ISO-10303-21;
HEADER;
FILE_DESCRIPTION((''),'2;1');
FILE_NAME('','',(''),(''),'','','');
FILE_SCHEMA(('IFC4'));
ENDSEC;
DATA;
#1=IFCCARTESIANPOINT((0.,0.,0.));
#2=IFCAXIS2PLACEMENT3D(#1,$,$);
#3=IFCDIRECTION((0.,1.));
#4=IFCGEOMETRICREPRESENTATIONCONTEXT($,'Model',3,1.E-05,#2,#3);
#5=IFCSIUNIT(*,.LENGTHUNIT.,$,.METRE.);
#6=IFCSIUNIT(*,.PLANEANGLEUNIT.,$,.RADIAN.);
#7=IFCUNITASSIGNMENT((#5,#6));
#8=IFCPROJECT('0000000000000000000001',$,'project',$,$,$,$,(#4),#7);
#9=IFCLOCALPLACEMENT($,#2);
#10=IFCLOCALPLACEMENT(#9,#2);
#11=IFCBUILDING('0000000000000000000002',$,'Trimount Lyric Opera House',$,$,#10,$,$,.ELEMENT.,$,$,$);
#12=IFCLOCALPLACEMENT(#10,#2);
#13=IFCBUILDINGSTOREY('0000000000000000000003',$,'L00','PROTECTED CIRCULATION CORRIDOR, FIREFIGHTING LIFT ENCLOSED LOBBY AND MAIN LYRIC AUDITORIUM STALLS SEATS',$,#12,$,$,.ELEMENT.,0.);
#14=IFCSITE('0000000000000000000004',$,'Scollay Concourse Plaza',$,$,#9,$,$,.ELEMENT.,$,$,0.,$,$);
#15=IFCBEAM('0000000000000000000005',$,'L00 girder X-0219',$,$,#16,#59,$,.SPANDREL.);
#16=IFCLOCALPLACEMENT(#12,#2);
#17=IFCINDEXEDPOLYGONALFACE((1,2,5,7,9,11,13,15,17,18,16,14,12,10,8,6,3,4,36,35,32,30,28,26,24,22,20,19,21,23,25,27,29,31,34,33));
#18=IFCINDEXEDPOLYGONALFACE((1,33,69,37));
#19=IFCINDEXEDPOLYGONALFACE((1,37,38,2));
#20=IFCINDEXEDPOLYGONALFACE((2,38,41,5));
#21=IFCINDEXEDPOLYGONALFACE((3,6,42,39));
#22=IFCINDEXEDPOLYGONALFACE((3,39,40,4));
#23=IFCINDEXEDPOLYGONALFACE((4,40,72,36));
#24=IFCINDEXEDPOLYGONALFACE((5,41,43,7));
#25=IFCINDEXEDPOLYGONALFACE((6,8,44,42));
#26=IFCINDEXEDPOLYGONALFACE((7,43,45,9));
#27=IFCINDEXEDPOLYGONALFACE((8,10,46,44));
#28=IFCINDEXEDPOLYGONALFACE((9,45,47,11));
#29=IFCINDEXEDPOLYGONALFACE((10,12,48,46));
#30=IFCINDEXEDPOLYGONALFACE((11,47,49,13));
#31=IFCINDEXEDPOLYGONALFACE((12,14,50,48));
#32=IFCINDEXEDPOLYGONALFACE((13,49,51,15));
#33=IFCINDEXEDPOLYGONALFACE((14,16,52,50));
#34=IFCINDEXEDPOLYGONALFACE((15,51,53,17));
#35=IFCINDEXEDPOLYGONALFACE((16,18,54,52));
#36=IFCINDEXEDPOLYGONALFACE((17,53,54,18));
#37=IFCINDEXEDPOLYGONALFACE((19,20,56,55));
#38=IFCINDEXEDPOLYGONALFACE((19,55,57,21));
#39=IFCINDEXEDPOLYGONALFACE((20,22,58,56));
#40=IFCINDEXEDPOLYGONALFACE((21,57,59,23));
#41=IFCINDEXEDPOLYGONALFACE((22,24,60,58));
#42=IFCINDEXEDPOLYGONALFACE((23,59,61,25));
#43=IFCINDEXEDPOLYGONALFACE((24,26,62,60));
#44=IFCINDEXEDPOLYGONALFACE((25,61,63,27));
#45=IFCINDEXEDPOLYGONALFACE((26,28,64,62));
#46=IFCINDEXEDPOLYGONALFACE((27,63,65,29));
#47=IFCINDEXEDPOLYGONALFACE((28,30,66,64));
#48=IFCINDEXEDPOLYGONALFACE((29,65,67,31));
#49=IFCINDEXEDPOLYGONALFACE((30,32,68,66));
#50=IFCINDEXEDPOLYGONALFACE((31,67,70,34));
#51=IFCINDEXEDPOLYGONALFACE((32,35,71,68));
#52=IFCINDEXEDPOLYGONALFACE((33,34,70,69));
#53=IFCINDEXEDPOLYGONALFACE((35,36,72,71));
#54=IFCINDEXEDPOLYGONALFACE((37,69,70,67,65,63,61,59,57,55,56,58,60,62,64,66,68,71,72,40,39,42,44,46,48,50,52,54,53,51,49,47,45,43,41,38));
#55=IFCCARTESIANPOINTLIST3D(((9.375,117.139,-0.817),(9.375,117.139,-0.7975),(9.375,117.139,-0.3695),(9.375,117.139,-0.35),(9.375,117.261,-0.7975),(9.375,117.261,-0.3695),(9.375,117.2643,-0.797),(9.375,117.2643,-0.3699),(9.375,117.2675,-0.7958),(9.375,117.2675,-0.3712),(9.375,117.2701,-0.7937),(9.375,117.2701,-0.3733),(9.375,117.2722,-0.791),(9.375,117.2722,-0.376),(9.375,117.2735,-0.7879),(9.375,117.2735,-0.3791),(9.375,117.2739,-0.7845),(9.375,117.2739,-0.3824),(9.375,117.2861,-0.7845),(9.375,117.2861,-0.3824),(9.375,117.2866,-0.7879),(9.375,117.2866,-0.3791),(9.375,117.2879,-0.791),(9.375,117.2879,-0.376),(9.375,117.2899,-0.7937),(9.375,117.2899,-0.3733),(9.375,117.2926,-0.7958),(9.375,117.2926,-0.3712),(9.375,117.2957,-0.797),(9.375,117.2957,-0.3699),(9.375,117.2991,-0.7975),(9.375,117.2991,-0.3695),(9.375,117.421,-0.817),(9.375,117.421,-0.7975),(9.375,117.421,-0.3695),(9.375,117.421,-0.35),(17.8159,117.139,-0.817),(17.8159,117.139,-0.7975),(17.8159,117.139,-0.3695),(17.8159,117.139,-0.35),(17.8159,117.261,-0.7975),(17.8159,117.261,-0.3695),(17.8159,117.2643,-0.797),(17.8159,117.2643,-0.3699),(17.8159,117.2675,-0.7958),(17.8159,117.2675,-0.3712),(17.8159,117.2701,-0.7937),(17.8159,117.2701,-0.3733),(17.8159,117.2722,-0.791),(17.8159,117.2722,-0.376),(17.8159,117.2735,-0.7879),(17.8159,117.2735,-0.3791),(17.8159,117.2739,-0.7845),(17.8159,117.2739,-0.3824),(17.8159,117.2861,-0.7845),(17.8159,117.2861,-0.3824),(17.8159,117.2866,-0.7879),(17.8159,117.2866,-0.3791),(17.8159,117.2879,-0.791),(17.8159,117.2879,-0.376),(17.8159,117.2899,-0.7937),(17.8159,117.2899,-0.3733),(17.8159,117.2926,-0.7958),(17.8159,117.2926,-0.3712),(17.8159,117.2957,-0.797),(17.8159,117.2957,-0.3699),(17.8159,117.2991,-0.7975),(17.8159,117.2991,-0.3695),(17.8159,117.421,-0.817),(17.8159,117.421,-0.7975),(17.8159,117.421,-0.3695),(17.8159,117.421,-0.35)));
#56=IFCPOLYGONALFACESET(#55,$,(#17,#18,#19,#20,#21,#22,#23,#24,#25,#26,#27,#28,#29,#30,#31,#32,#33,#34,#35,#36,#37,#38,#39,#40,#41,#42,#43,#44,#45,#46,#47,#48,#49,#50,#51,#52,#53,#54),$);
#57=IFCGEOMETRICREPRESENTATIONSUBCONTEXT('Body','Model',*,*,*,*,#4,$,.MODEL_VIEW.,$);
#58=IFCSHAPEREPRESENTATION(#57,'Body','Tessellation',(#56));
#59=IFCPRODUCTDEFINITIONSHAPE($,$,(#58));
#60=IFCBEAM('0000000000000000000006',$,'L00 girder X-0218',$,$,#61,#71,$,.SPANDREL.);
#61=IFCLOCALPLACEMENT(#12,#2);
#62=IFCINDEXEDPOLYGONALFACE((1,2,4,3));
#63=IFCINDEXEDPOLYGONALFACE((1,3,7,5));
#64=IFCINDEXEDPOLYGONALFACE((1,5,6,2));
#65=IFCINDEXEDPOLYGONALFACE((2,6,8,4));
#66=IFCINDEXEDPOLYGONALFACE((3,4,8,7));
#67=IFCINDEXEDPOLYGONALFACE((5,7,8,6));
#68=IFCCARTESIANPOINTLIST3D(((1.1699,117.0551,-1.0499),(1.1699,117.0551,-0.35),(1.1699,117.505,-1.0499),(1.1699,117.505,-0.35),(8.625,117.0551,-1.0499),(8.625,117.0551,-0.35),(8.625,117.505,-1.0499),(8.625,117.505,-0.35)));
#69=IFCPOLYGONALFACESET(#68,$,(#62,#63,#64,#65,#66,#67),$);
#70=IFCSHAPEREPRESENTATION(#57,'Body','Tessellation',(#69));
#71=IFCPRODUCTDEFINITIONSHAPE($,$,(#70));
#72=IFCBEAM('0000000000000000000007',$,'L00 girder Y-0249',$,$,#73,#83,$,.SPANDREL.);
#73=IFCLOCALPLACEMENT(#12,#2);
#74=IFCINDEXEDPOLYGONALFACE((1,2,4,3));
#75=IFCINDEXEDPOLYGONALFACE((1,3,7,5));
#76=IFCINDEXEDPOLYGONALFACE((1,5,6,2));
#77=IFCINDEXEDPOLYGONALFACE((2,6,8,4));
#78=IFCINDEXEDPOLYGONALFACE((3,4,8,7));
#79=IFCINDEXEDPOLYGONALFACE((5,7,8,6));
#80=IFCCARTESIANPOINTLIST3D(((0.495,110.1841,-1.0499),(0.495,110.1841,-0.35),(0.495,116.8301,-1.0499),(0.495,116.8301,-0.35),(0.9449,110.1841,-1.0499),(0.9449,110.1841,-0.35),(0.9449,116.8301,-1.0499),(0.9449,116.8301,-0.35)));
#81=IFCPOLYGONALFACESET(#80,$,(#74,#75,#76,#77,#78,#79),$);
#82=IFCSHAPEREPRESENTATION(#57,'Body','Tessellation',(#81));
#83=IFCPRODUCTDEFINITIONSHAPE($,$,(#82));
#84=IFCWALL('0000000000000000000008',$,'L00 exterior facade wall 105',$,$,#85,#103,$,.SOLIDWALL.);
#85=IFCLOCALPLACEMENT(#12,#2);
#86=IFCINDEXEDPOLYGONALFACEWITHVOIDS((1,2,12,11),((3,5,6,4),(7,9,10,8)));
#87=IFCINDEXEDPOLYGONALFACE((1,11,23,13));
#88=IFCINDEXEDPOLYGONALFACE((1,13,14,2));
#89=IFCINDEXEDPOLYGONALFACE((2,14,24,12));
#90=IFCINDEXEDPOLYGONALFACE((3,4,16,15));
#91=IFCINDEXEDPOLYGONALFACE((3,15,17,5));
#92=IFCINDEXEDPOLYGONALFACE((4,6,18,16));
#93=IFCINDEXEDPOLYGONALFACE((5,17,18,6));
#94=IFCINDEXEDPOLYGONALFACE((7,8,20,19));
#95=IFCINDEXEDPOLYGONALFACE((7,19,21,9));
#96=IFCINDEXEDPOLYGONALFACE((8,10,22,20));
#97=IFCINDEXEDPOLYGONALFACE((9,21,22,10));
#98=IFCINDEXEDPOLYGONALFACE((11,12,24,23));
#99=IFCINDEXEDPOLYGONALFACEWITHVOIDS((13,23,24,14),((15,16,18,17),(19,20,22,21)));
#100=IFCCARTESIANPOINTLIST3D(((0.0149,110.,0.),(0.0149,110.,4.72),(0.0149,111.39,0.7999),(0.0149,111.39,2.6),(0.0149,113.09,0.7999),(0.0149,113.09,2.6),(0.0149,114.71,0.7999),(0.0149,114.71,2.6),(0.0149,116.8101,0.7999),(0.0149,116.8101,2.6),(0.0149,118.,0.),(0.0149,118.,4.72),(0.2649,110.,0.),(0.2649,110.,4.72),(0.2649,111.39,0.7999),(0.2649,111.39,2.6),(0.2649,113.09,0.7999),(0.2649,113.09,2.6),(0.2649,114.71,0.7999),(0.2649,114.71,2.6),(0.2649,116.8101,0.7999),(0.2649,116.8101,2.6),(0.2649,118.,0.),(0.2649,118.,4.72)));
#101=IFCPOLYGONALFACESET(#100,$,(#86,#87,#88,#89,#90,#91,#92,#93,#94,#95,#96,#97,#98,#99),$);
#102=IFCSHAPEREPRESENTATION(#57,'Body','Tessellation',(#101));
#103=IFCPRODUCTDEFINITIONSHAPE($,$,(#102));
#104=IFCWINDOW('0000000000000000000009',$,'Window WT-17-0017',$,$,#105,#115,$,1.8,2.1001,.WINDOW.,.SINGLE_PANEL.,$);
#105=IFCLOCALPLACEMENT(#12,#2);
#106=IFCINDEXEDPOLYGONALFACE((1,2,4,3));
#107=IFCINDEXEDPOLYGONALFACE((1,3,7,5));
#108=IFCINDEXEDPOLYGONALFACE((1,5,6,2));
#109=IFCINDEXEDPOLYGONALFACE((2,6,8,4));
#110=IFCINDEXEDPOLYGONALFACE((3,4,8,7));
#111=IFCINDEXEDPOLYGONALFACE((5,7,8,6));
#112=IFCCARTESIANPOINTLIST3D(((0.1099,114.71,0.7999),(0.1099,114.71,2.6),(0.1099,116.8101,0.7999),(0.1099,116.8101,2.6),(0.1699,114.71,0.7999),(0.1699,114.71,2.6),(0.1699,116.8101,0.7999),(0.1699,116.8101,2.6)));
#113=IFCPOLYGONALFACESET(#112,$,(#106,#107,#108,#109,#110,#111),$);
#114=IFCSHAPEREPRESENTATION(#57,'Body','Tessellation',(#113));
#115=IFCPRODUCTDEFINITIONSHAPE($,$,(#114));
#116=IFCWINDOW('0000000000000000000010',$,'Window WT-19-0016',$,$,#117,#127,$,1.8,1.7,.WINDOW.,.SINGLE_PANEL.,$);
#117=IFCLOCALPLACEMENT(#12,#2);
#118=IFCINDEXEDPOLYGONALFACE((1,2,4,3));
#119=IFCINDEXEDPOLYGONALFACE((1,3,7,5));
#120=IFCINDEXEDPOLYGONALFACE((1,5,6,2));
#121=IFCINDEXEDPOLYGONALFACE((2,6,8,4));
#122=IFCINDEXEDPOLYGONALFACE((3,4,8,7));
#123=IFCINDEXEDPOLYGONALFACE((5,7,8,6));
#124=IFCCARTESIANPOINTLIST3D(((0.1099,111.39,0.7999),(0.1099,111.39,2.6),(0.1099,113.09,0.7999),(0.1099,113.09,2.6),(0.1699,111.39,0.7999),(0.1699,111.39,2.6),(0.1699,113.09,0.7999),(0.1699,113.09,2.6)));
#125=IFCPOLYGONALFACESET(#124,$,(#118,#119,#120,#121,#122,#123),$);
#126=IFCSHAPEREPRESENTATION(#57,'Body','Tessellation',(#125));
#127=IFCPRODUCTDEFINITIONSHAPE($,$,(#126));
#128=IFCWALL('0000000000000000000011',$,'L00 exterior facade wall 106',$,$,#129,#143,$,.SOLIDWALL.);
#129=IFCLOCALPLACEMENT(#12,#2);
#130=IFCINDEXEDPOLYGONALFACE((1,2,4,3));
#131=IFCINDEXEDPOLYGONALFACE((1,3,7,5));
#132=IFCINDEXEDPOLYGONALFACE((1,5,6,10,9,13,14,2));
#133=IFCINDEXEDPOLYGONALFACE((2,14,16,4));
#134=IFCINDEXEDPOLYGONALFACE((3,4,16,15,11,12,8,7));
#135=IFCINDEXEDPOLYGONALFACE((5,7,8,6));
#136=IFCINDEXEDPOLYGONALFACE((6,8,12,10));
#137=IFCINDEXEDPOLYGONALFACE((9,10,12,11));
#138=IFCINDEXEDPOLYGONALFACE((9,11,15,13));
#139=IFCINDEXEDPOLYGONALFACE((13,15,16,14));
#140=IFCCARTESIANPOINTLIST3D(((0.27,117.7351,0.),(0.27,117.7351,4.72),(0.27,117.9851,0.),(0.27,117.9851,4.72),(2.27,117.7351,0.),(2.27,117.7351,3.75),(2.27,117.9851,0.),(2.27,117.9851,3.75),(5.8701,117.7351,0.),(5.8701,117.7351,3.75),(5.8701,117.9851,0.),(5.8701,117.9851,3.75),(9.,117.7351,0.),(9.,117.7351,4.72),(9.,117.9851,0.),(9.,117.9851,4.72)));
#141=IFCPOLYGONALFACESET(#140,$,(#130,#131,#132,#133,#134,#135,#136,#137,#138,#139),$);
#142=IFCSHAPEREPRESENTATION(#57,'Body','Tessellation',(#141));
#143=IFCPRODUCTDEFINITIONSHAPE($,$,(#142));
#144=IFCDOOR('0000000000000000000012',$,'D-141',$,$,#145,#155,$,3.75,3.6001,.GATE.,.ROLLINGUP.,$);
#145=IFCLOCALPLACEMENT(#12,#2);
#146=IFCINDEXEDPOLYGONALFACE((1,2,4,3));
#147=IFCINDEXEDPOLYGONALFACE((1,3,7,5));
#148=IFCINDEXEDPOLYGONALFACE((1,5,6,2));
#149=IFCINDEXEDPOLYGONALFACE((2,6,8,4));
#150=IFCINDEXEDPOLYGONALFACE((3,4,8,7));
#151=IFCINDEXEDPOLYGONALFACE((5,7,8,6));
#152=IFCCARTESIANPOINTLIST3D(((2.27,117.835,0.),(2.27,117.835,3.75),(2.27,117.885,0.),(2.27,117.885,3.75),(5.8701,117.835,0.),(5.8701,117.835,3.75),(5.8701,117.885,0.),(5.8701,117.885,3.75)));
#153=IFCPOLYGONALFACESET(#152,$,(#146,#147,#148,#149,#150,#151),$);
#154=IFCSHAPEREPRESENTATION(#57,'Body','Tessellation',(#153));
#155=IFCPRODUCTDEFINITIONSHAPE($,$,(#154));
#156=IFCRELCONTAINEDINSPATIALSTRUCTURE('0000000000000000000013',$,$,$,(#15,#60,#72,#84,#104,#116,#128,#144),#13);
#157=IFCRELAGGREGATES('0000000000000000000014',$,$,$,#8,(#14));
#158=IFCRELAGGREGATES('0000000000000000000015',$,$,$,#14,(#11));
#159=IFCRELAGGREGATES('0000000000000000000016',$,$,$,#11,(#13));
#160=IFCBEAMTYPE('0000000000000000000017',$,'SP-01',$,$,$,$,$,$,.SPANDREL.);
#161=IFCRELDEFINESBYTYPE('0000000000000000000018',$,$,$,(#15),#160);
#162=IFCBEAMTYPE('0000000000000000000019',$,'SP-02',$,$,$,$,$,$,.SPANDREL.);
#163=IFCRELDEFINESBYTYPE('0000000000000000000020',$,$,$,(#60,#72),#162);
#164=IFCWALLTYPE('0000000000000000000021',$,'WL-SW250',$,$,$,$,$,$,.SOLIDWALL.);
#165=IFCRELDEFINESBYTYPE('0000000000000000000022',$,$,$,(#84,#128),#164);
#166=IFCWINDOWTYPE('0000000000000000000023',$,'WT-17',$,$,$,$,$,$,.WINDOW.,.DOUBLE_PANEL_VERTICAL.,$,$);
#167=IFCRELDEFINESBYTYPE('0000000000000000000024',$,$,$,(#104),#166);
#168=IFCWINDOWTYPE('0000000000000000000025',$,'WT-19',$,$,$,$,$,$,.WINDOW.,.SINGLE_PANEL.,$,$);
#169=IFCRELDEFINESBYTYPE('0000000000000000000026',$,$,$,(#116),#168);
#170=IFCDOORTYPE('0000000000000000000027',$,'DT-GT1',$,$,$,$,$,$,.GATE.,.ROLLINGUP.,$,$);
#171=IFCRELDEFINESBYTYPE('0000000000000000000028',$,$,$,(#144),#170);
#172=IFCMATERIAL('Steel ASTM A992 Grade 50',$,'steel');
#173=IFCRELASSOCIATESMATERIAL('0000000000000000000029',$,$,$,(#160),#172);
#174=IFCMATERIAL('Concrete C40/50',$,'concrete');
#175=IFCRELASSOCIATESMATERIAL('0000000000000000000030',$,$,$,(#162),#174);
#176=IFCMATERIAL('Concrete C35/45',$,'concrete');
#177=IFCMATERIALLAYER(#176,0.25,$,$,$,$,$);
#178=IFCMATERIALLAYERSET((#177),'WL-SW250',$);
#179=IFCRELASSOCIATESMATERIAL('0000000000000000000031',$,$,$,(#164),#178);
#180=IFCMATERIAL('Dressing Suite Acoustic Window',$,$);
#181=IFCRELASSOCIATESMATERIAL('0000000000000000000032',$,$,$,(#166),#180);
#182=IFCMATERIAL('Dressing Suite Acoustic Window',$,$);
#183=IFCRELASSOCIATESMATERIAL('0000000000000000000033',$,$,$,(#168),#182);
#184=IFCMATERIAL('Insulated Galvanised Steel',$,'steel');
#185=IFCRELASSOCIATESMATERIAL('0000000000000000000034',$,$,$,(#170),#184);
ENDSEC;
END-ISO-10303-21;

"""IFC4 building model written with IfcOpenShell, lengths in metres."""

from ifc_helpers import new_model, si_unit, direction, frame, frame_2d, origin, origin_2d, place, context, subcontext, project, spatial, rectangle, i_section, extrude, material, layer, layer_set, material_profile, profile_set, type_object, element, fill, save


model = new_model("IFC4")

# Units and contexts
model_context = context("Model", 3, precision=1e-05, world=origin(), true_north=direction((0.0, 1.0)))
body_context = subcontext(model_context, "Body", "Model", "MODEL_VIEW")
ifc_project = project(units=[si_unit("LENGTHUNIT", "METRE"), si_unit("PLANEANGLEUNIT", "RADIAN")], contexts=[model_context])

# Site, building, storey
site_placement = place(None, origin())
site = spatial("IfcSite", under=ifc_project, at=site_placement, Name="Scollay Concourse Plaza", CompositionType="ELEMENT", RefElevation=0.0)
building_placement = place(site_placement, origin())
building = spatial("IfcBuilding", under=site, at=building_placement, Name="Trimount Lyric Opera House", CompositionType="ELEMENT")
storey_placement = place(building_placement, origin())
storey = spatial("IfcBuildingStorey", under=building, at=storey_placement, Name="L00", Description="PROTECTED CIRCULATION CORRIDOR, FIREFIGHTING LIFT ENCLOSED LOBBY AND MAIN LYRIC AUDITORIUM STALLS SEATS", CompositionType="ELEMENT", Elevation=0.0)

# Beams
ifc_material_1 = material(Name="Steel ASTM A992 Grade 50", Category="steel")
ifc_material_profile_1 = material_profile(ifc_material_1, i_section(OverallWidth=0.282, OverallDepth=0.467, WebThickness=0.0122, FlangeThickness=0.0195, FilletRadius=0.0129, at=origin_2d()), Name="W18X86")
ifc_profile_set_1 = profile_set([ifc_material_profile_1], Name="Steel ASTM A992 Grade 50")
beam_type_1 = type_object("IfcBeamType", Name="SP-01", PredefinedType="SPANDREL", material=ifc_profile_set_1)
beam_1_placement = place(storey_placement, frame((9.375, 117.28, -0.5835), z_axis=(1.0, 0.0, 0.0), x_axis=(0.0, 1.0, 0.0)))
element("IfcBeam", 1, at=beam_1_placement, inside=storey, type_object=beam_type_1, Name="L00 girder X-0219", PredefinedType="SPANDREL", context=body_context, shape_type="SweptSolid", body=[
    extrude(i_section(OverallWidth=0.282, OverallDepth=0.467, WebThickness=0.0122, FlangeThickness=0.0195, FilletRadius=0.0129, at=origin_2d()), origin(), (0.0, 0.0, 1.0), 8.4409),
])
ifc_material_2 = material(Name="Concrete C40/50", Category="concrete")
ifc_material_profile_2 = material_profile(ifc_material_2, rectangle(XDim=0.45, YDim=0.7, at=origin_2d()), Name="RC450X700")
ifc_profile_set_2 = profile_set([ifc_material_profile_2], Name="Concrete C40/50")
beam_type_2 = type_object("IfcBeamType", Name="SP-02", PredefinedType="SPANDREL", material=ifc_profile_set_2)
beam_2_placement = place(storey_placement, frame((1.1699, 117.28, -0.7), z_axis=(1.0, 0.0, 0.0), x_axis=(0.0, 1.0, 0.0)))
element("IfcBeam", 2, at=beam_2_placement, inside=storey, type_object=beam_type_2, Name="L00 girder X-0218", PredefinedType="SPANDREL", context=body_context, shape_type="SweptSolid", body=[
    extrude(rectangle(XDim=0.45, YDim=0.7, at=origin_2d()), origin(), (0.0, 0.0, 1.0), 7.4551),
])
beam_3_placement = place(storey_placement, frame((0.72, 110.1841, -0.7), z_axis=(0.0, 1.0, 0.0), x_axis=(-1.0, 0.0, 0.0)))
element("IfcBeam", 3, at=beam_3_placement, inside=storey, type_object=beam_type_2, Name="L00 girder Y-0249", PredefinedType="SPANDREL", context=body_context, shape_type="SweptSolid", body=[
    extrude(rectangle(XDim=0.45, YDim=0.7, at=origin_2d()), origin(), (0.0, 0.0, 1.0), 6.646),
])

# Wall, openings, windows
ifc_material_3 = material(Name="Concrete C35/45", Category="concrete")
ifc_layer = layer(ifc_material_3, 0.25)
ifc_layer_set = layer_set([ifc_layer], Name="WL-SW250")
wall_type = type_object("IfcWallType", Name="WL-SW250", PredefinedType="SOLIDWALL", material=ifc_layer_set)
wall_1_placement = place(storey_placement, frame((0.1399, 110.0, 0.0), z_axis=(0.0, 0.0, 1.0), x_axis=(0.0, 1.0, 0.0)))
wall_1 = element("IfcWall", 4, at=wall_1_placement, inside=storey, type_object=wall_type, Name="L00 exterior facade wall 105", PredefinedType="SOLIDWALL", context=body_context, shape_type="SweptSolid", body=[
    extrude(rectangle(XDim=8.0, YDim=0.25, at=frame_2d((4.0, 0.0))), origin(), (0.0, 0.0, 1.0), 4.72),
])
opening_1_placement = place(wall_1_placement, frame((1.3899, 0.0, 0.8)))
opening_1 = element("IfcOpeningElement", 5, at=opening_1_placement, cuts=wall_1, PredefinedType="OPENING", context=body_context, shape_type="SweptSolid", body=[
    extrude(rectangle(XDim=1.7, YDim=1.8, at=frame_2d((0.8501, 0.8999))), frame((0.0, 0.135, 0.0), z_axis=(0.0, -1.0, 0.0), x_axis=(1.0, 0.0, 0.0)), (0.0, 0.0, 1.0), 0.27),
])
opening_2_placement = place(wall_1_placement, frame((4.71, 0.0, 0.8)))
opening_2 = element("IfcOpeningElement", 6, at=opening_2_placement, cuts=wall_1, PredefinedType="OPENING", context=body_context, shape_type="SweptSolid", body=[
    extrude(rectangle(XDim=2.1001, YDim=1.8, at=frame_2d((1.05, 0.8999))), frame((0.0, 0.135, 0.0), z_axis=(0.0, -1.0, 0.0), x_axis=(1.0, 0.0, 0.0)), (0.0, 0.0, 1.0), 0.27),
])
ifc_material_4 = material(Name="Dressing Suite Acoustic Window")
window_type_1 = type_object("IfcWindowType", Name="WT-17", PartitioningType="DOUBLE_PANEL_VERTICAL", PredefinedType="WINDOW", material=ifc_material_4)
window_1_placement = place(opening_2_placement, origin())
window_1 = element("IfcWindow", 7, at=window_1_placement, inside=storey, type_object=window_type_1, Name="Window WT-17-0017", OverallHeight=1.8, OverallWidth=2.1001, PartitioningType="SINGLE_PANEL", PredefinedType="WINDOW", context=body_context, shape_type="SweptSolid", body=[
    extrude(rectangle(XDim=2.1001, YDim=1.8, at=frame_2d((1.05, 0.8999))), frame((0.0, 0.03, 0.0), z_axis=(0.0, -1.0, 0.0), x_axis=(1.0, 0.0, 0.0)), (0.0, 0.0, 1.0), 0.0601),
])
fill(opening_2, window_1)
ifc_material_5 = material(Name="Dressing Suite Acoustic Window")
window_type_2 = type_object("IfcWindowType", Name="WT-19", PartitioningType="SINGLE_PANEL", PredefinedType="WINDOW", material=ifc_material_5)
window_2_placement = place(opening_1_placement, origin())
window_2 = element("IfcWindow", 8, at=window_2_placement, inside=storey, type_object=window_type_2, Name="Window WT-19-0016", OverallHeight=1.8, OverallWidth=1.7, PartitioningType="SINGLE_PANEL", PredefinedType="WINDOW", context=body_context, shape_type="SweptSolid", body=[
    extrude(rectangle(XDim=1.7, YDim=1.8, at=frame_2d((0.8501, 0.8999))), frame((0.0, 0.03, 0.0), z_axis=(0.0, -1.0, 0.0), x_axis=(1.0, 0.0, 0.0)), (0.0, 0.0, 1.0), 0.0601),
])
fill(opening_1, window_2)

# Wall, opening, door
wall_2_placement = place(storey_placement, frame((0.27, 117.8601, 0.0), z_axis=(0.0, 0.0, 1.0), x_axis=(1.0, 0.0, 0.0)))
wall_2 = element("IfcWall", 9, at=wall_2_placement, inside=storey, type_object=wall_type, Name="L00 exterior facade wall 106", PredefinedType="SOLIDWALL", context=body_context, shape_type="SweptSolid", body=[
    extrude(rectangle(XDim=8.73, YDim=0.25, at=frame_2d((4.365, 0.0))), origin(), (0.0, 0.0, 1.0), 4.72),
])
opening_3_placement = place(wall_2_placement, frame((2.0, 0.0, 0.0)))
opening_3 = element("IfcOpeningElement", 10, at=opening_3_placement, cuts=wall_2, PredefinedType="OPENING", context=body_context, shape_type="SweptSolid", body=[
    extrude(rectangle(XDim=3.6001, YDim=3.75, at=frame_2d((1.8, 1.875))), frame((0.0, 0.135, 0.0), z_axis=(0.0, -1.0, 0.0), x_axis=(1.0, 0.0, 0.0)), (0.0, 0.0, 1.0), 0.27),
])
ifc_material_6 = material(Name="Insulated Galvanised Steel", Category="steel")
door_type_1 = type_object("IfcDoorType", Name="DT-GT1", OperationType="ROLLINGUP", PredefinedType="GATE", material=ifc_material_6)
door_1_placement = place(opening_3_placement, origin())
door_1 = element("IfcDoor", 11, at=door_1_placement, inside=storey, type_object=door_type_1, Name="D-141", OperationType="ROLLINGUP", OverallHeight=3.75, OverallWidth=3.6001, PredefinedType="GATE", context=body_context, shape_type="SweptSolid", body=[
    extrude(rectangle(XDim=3.6001, YDim=3.75, at=frame_2d((1.8, 1.875))), frame((0.0, 0.0249, 0.0), z_axis=(0.0, -1.0, 0.0), x_axis=(1.0, 0.0, 0.0)), (0.0, 0.0, 1.0), 0.05),
])
fill(opening_3, door_1)

save(model, "model.ifc")
